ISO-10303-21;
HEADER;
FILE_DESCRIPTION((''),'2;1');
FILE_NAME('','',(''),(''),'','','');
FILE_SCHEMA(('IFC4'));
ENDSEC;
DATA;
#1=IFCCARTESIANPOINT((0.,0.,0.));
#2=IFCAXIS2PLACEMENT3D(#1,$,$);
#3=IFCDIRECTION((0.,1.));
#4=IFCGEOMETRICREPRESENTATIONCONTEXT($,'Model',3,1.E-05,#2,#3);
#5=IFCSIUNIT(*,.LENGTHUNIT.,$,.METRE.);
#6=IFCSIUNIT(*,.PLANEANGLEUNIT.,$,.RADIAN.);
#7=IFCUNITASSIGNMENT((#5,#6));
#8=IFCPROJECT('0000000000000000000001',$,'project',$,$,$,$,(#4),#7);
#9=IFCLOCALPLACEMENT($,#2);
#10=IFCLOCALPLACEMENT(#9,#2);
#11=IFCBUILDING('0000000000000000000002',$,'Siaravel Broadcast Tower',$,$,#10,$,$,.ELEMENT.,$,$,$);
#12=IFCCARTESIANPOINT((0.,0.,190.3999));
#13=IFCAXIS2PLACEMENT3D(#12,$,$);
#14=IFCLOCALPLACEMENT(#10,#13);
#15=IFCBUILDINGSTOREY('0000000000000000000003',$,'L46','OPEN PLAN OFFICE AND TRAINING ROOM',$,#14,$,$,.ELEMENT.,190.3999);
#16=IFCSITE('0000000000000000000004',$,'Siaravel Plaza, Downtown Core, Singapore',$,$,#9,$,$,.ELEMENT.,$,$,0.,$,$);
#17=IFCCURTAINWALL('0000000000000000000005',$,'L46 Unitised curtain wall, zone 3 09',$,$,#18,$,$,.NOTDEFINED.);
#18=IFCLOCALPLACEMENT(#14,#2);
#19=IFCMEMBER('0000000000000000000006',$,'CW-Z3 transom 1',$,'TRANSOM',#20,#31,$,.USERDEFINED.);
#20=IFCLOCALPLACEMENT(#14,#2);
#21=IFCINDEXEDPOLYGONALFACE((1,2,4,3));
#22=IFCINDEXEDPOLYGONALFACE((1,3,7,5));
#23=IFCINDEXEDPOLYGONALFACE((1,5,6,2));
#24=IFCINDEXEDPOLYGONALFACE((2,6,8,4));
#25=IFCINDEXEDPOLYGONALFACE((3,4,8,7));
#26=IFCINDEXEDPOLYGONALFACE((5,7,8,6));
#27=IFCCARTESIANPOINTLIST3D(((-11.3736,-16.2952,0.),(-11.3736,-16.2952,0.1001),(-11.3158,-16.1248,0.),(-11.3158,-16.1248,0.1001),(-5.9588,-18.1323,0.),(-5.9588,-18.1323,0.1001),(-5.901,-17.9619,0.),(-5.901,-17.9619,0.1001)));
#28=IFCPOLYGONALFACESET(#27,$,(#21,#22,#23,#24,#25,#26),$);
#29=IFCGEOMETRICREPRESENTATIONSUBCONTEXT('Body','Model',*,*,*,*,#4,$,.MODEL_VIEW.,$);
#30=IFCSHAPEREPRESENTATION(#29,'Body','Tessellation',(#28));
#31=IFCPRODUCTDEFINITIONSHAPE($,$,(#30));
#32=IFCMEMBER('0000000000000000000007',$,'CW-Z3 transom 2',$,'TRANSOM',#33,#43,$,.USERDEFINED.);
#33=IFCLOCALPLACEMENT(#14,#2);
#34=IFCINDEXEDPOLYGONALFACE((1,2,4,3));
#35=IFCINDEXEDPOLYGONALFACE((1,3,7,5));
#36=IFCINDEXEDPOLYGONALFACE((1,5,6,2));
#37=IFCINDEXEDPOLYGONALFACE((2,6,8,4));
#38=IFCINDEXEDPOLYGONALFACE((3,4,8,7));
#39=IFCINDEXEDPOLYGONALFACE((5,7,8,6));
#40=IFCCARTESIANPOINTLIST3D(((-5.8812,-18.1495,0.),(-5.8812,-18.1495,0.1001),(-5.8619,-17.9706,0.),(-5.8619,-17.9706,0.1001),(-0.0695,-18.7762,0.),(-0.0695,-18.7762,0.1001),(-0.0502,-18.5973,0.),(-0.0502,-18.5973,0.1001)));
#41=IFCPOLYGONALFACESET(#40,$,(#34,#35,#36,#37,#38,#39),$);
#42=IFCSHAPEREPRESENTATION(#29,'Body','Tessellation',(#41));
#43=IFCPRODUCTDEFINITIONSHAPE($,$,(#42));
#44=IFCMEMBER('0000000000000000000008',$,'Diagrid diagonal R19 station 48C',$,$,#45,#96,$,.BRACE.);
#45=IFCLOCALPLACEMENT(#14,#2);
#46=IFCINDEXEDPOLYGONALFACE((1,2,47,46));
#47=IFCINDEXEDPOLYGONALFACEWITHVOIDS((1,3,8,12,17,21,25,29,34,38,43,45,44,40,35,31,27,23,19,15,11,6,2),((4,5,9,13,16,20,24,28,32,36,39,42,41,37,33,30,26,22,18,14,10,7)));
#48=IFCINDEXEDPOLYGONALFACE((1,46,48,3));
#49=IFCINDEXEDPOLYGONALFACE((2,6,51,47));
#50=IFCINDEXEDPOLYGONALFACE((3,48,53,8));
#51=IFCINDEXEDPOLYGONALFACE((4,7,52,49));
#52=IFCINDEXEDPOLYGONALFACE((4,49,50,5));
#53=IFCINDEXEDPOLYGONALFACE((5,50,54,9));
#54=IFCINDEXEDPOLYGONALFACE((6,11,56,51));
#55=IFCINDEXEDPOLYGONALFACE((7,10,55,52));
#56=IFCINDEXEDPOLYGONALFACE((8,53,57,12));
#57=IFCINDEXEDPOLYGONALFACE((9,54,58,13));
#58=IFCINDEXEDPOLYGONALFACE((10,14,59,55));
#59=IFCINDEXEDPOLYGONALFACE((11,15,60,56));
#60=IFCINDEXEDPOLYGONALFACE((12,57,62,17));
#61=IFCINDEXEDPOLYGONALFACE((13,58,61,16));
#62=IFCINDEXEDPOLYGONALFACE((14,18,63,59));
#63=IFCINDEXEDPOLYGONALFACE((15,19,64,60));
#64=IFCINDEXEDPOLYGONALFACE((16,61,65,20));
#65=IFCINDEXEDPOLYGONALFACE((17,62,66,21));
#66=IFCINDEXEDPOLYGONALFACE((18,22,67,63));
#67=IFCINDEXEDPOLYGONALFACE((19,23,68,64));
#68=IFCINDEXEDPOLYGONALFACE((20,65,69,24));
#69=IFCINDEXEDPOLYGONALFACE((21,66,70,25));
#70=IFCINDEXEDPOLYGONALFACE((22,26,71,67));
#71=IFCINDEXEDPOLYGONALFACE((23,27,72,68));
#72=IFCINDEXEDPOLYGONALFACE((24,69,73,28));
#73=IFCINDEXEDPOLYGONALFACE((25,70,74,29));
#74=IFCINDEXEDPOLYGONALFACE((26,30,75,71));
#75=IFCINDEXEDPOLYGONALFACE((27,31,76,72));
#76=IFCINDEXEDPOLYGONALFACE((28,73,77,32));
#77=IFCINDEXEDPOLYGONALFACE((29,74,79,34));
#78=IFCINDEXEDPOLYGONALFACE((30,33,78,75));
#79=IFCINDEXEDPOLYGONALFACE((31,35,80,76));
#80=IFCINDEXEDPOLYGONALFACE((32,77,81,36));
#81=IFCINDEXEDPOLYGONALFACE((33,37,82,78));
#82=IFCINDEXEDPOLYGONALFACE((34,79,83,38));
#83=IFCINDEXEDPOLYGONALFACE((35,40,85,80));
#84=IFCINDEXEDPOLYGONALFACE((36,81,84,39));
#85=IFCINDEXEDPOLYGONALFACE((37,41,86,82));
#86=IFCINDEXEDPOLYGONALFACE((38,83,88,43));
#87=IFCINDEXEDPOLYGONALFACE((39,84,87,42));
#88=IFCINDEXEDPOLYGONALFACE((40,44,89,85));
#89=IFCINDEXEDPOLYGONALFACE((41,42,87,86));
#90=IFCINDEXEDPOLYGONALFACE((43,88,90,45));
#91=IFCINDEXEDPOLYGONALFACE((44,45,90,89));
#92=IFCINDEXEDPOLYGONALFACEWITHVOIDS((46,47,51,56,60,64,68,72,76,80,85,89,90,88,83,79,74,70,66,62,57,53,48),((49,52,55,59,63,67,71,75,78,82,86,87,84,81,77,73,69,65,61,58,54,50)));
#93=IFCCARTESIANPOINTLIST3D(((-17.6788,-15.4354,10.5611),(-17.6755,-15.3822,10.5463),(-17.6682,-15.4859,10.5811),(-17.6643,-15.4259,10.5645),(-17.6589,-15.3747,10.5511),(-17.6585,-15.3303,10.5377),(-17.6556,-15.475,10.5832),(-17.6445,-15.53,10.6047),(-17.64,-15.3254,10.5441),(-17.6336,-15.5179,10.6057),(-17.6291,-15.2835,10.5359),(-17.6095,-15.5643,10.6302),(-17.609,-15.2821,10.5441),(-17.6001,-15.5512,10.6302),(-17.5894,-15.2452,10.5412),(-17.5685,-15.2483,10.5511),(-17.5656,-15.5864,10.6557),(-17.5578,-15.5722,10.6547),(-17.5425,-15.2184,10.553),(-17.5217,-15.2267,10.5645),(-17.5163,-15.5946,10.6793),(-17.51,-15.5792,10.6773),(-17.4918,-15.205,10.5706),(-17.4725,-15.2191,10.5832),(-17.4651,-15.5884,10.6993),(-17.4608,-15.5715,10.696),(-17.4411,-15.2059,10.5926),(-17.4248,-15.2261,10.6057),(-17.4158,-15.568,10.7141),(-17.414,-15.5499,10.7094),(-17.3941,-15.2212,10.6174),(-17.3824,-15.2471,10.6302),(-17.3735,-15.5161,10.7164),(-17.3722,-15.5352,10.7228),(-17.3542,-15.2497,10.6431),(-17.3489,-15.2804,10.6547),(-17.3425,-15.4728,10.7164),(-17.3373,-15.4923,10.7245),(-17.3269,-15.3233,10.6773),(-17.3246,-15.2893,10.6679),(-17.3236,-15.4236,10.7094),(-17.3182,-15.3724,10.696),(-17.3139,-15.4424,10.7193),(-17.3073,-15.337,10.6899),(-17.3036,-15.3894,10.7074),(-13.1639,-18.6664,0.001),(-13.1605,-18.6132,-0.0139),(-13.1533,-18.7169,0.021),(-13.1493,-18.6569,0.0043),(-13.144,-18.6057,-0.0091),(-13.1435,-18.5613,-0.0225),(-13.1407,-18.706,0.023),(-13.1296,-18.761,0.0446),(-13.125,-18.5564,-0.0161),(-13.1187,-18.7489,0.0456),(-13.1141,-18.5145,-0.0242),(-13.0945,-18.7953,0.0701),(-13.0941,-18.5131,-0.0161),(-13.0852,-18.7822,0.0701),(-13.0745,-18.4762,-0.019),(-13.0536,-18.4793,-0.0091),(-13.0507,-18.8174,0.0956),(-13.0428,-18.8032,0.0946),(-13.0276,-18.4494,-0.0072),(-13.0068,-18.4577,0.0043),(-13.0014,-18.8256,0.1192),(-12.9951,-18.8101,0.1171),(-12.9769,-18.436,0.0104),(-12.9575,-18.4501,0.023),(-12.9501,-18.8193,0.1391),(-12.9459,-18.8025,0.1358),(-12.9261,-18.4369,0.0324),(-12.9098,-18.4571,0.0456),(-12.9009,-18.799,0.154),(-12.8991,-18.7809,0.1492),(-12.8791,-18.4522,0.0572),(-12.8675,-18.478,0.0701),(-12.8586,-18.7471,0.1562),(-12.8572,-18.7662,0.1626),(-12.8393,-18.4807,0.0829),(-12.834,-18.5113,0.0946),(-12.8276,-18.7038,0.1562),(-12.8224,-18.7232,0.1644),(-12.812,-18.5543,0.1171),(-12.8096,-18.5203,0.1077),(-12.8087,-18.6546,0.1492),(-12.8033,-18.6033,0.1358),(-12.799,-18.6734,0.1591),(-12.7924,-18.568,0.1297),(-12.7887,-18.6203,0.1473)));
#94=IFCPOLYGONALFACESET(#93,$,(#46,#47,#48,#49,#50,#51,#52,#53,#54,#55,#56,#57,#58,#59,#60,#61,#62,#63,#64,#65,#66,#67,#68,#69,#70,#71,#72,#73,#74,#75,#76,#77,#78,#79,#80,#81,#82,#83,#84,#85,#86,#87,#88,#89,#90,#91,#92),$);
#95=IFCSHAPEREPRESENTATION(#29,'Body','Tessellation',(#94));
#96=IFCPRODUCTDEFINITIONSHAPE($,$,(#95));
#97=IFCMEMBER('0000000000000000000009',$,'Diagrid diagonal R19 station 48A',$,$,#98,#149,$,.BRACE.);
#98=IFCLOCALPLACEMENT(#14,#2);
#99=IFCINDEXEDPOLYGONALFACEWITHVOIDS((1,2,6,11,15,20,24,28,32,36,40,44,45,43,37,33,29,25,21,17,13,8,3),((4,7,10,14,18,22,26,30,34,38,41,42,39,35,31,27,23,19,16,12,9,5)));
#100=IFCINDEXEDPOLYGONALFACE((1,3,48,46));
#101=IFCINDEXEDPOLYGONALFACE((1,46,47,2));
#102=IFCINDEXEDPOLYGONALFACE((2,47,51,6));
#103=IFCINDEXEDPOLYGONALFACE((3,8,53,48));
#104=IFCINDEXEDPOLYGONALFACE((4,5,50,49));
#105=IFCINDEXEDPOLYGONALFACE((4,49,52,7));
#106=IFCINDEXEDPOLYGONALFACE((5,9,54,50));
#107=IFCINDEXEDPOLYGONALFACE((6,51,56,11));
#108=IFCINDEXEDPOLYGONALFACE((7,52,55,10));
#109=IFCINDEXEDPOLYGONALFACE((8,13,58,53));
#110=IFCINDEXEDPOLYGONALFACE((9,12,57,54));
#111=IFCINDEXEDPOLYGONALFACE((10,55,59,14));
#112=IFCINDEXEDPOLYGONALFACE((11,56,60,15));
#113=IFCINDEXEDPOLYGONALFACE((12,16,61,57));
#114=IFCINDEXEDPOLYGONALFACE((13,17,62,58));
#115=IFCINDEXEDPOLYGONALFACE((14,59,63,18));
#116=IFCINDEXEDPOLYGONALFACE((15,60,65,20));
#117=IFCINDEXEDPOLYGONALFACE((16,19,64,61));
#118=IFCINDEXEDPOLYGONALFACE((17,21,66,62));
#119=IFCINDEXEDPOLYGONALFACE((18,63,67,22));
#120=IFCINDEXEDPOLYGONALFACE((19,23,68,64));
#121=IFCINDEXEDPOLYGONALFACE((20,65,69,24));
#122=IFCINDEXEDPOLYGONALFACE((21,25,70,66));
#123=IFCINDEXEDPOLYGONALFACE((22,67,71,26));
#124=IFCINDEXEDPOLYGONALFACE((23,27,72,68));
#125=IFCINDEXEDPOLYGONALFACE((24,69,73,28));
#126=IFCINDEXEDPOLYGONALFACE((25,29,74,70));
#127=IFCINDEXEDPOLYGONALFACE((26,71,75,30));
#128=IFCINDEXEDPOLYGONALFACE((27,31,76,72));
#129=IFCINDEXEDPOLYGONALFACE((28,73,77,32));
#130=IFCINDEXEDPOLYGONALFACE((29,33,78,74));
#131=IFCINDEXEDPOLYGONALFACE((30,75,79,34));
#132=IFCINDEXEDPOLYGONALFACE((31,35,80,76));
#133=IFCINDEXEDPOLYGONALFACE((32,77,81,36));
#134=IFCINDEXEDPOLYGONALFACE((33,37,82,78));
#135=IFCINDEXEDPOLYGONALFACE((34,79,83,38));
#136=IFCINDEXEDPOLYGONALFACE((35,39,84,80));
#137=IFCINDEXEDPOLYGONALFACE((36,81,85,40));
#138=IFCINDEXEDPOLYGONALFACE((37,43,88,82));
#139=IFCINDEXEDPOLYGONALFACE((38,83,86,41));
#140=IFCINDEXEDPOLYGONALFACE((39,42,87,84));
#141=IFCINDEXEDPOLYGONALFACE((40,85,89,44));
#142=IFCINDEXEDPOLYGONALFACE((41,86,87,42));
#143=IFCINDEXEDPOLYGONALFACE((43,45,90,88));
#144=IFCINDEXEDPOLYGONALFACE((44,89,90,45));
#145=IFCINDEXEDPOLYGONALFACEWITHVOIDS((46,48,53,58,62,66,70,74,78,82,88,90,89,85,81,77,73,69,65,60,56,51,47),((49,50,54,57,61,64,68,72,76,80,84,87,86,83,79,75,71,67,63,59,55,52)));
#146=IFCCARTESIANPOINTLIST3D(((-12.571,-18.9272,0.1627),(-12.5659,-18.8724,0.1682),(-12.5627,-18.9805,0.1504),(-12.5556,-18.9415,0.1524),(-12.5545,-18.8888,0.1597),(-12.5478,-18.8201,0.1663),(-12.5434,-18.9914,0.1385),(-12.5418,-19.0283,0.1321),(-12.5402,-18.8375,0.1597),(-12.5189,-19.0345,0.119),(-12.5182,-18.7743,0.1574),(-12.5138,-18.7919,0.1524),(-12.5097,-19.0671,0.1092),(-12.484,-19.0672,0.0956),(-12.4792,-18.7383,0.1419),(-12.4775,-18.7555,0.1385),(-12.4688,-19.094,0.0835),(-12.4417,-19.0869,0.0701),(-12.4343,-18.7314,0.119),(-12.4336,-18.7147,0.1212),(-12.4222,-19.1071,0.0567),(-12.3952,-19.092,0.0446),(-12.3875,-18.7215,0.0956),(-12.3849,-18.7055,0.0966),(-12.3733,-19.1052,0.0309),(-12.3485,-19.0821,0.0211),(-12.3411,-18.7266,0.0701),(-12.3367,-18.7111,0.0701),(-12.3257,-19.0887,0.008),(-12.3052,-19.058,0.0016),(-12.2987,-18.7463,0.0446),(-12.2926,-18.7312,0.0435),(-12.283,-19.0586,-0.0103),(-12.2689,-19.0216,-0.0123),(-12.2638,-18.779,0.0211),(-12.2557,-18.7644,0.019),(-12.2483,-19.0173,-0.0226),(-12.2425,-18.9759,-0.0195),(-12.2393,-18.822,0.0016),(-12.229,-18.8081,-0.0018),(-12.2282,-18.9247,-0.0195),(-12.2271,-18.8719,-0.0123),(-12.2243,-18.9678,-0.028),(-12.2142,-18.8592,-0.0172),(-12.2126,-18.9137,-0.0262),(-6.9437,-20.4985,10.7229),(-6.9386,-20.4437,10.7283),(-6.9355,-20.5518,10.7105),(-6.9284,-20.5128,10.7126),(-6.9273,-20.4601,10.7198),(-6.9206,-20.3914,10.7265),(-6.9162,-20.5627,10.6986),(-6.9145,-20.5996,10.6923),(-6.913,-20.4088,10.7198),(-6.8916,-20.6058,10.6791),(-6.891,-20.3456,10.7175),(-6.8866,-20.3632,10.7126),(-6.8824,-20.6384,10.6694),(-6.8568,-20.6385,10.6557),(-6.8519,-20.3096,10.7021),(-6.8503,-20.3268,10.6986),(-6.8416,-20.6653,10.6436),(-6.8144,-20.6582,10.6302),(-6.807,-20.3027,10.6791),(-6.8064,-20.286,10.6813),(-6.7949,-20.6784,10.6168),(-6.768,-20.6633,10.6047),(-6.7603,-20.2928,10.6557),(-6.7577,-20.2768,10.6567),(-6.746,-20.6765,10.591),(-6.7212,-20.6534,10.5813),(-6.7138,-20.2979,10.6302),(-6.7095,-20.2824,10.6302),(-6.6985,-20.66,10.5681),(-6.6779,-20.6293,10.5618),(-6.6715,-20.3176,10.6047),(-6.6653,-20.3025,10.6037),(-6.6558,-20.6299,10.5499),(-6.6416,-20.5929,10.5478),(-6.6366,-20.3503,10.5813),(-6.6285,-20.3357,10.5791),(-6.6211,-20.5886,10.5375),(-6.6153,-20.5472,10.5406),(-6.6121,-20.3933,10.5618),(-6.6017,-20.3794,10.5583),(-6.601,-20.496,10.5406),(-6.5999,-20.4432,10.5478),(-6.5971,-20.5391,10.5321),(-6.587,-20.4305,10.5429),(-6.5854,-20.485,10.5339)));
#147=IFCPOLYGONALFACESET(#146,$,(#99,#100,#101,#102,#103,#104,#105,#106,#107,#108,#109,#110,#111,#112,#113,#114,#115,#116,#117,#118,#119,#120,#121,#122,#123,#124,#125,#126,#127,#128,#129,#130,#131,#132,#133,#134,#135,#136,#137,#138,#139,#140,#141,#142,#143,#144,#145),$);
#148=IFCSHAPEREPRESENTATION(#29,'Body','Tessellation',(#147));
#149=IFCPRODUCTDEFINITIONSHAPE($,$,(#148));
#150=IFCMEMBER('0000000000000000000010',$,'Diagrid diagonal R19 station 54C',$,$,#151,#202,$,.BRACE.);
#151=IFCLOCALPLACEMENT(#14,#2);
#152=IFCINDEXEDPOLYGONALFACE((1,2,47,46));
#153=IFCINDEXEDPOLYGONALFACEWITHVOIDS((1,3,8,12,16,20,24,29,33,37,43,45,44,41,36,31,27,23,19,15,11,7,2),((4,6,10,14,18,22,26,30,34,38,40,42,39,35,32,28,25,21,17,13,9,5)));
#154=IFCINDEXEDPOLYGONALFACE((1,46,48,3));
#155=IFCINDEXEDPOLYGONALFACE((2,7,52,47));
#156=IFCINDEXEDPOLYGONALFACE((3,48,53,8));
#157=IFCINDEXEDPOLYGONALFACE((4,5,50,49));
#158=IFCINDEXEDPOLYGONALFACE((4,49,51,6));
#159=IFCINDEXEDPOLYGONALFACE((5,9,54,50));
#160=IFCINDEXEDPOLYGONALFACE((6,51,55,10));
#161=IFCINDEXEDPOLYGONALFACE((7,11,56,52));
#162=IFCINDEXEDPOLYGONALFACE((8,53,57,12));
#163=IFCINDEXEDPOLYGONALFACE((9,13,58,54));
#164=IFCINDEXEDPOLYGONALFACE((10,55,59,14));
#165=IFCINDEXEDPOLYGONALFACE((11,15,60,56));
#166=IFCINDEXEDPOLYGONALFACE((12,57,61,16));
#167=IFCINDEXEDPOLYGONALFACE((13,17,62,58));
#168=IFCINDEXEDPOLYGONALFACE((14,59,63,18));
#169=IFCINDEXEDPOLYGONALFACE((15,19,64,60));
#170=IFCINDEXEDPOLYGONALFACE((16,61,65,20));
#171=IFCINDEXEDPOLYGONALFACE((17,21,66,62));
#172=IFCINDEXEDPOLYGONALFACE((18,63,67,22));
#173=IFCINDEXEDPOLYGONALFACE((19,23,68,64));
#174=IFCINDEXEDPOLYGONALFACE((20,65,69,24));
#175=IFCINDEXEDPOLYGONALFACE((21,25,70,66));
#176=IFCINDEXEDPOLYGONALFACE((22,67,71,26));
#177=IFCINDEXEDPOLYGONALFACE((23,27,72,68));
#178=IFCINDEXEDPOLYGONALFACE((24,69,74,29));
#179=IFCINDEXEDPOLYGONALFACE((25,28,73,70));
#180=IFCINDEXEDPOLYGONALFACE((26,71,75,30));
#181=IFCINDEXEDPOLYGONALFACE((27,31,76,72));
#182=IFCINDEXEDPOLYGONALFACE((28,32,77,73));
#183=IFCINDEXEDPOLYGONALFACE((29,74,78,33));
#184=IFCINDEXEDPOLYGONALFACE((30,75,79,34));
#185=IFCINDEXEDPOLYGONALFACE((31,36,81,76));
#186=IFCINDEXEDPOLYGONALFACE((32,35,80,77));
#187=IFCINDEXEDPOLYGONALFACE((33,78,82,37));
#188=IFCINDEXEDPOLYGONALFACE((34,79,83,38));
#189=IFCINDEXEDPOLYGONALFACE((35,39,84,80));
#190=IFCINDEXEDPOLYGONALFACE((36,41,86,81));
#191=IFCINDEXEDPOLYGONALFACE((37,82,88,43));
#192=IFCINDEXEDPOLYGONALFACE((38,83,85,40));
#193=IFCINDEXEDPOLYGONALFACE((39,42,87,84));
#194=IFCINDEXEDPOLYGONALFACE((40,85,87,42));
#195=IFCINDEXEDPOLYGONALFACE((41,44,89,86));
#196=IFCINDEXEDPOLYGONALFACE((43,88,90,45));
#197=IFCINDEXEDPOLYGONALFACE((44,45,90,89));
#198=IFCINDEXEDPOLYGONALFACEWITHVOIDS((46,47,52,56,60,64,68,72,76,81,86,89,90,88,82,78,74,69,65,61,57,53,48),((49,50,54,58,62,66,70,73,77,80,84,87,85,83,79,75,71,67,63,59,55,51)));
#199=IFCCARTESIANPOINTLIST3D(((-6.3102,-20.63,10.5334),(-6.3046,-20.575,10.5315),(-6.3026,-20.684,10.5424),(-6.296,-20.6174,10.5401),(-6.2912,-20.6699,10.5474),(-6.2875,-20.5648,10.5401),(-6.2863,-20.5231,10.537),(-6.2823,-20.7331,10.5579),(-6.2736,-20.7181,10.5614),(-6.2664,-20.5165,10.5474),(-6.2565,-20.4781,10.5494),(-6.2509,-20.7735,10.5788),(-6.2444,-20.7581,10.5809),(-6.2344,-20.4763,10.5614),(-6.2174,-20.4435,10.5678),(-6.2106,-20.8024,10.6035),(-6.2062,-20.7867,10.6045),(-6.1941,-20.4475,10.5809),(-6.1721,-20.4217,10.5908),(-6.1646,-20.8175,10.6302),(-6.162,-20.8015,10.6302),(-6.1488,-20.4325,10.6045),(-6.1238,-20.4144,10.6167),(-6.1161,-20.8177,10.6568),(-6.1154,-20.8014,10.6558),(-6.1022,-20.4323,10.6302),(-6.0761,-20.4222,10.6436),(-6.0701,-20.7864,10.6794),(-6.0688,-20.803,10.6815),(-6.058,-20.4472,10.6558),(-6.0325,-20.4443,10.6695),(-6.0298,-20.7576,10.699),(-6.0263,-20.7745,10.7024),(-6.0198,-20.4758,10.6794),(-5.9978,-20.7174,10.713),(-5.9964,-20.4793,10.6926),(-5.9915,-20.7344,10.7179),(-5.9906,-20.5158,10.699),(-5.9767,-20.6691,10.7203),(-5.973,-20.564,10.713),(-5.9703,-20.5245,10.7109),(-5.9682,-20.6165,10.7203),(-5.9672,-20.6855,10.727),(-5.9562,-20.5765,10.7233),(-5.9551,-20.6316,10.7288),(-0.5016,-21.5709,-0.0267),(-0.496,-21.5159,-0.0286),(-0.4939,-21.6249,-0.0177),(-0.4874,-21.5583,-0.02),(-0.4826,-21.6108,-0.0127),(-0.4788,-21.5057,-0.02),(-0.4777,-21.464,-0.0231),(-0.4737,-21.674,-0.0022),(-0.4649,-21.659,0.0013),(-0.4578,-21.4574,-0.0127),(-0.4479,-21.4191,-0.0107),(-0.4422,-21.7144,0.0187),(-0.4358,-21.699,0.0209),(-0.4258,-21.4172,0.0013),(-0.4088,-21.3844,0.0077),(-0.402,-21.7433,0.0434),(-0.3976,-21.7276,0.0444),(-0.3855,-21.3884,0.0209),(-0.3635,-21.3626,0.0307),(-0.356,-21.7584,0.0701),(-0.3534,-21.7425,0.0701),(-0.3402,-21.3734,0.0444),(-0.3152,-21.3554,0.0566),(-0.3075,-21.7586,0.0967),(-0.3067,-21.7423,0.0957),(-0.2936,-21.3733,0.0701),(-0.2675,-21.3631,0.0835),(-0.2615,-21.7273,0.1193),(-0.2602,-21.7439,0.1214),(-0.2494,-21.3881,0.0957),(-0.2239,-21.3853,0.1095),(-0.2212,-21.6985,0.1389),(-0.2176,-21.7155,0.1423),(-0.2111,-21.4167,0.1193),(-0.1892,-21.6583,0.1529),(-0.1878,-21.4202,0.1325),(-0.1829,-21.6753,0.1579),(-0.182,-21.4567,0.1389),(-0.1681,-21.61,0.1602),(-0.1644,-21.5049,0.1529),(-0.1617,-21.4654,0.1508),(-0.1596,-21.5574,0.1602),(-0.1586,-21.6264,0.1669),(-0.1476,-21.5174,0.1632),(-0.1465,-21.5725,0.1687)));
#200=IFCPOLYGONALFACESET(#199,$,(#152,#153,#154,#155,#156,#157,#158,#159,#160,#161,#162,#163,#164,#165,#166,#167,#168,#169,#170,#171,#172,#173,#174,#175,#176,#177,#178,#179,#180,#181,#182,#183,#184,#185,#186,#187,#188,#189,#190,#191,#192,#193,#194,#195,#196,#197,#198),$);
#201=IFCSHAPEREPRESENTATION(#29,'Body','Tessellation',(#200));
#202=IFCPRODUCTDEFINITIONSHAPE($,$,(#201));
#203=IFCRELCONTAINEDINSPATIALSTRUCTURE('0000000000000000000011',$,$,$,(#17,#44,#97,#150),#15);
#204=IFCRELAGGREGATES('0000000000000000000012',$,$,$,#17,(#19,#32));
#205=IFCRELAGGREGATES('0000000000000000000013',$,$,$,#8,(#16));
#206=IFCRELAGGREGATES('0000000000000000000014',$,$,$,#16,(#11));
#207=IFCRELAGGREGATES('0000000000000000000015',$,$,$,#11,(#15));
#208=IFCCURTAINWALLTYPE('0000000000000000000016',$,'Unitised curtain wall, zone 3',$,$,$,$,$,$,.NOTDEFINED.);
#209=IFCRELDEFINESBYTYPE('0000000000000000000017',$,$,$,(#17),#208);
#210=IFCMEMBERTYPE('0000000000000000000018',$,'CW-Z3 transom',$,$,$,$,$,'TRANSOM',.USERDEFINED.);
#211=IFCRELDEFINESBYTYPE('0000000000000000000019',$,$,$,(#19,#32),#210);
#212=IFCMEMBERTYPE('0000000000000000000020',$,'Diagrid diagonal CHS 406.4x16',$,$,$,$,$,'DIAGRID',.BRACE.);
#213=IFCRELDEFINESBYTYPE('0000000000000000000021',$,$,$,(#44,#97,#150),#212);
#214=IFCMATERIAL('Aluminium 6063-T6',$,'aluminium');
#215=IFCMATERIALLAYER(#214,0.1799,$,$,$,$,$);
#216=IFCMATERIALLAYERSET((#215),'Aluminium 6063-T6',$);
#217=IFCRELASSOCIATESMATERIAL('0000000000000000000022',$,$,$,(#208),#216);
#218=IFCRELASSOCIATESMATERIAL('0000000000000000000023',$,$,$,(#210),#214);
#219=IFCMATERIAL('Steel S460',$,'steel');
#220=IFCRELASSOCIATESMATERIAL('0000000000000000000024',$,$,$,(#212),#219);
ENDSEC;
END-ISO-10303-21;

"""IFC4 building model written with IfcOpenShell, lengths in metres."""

from ifc_helpers import new_model, si_unit, direction, frame, origin, origin_2d, place, context, subcontext, project, spatial, rectangle, hollow_circle, extrude, material, layer, layer_set, material_profile, profile_set, type_object, element, aggregate, save


model = new_model("IFC4")

# Units and contexts
model_context = context("Model", 3, precision=1e-05, world=origin(), true_north=direction((0.0, 1.0)))
body_context = subcontext(model_context, "Body", "Model", "MODEL_VIEW")
ifc_project = project(units=[si_unit("LENGTHUNIT", "METRE"), si_unit("PLANEANGLEUNIT", "RADIAN")], contexts=[model_context])

# Site, building, storey
site_placement = place(None, origin())
site = spatial("IfcSite", under=ifc_project, at=site_placement, Name="Siaravel Plaza, Downtown Core, Singapore", CompositionType="ELEMENT", RefElevation=0.0)
building_placement = place(site_placement, origin())
building = spatial("IfcBuilding", under=site, at=building_placement, Name="Siaravel Broadcast Tower", CompositionType="ELEMENT")
storey_placement = place(building_placement, frame((0.0, 0.0, 190.3999)))
storey = spatial("IfcBuildingStorey", under=building, at=storey_placement, Name="L46", Description="OPEN PLAN OFFICE AND TRAINING ROOM", CompositionType="ELEMENT", Elevation=190.3999)

# Shared definitions
ifc_material_1 = material(Name="Aluminium 6063-T6", Category="aluminium")
ifc_layer_1 = layer(ifc_material_1, 0.1799)
ifc_layer_set_1 = layer_set([ifc_layer_1], Name="Aluminium 6063-T6")
curtain_wall_type = type_object("IfcCurtainWallType", Name="Unitised curtain wall, zone 3", PredefinedType="NOTDEFINED", material=ifc_layer_set_1)

# Curtain wall, members
curtain_wall_1_placement = place(storey_placement, origin())
curtain_wall_1 = element("IfcCurtainWall", 1, at=curtain_wall_1_placement, inside=storey, type_object=curtain_wall_type, Name="L46 Unitised curtain wall, zone 3 09", PredefinedType="NOTDEFINED")
ifc_material_profile_1 = material_profile(ifc_material_1, rectangle(XDim=0.1799, YDim=0.1001, at=origin_2d()))
ifc_profile_set_1 = profile_set([ifc_material_profile_1], Name="Aluminium 6063-T6")
member_type_1 = type_object("IfcMemberType", Name="CW-Z3 transom", ElementType="TRANSOM", PredefinedType="USERDEFINED", material=ifc_profile_set_1)
member_1_placement = place(storey_placement, frame((-11.3447, -16.21, 0.05), z_axis=(0.946979, -0.321296, 0.0), x_axis=(0.321296, 0.946979, 0.0)))
member_1 = element("IfcMember", 2, at=member_1_placement, type_object=member_type_1, Name="CW-Z3 transom 1", ObjectType="TRANSOM", PredefinedType="USERDEFINED", context=body_context, shape_type="SweptSolid", body=[
    extrude(rectangle(XDim=0.1799, YDim=0.1001, at=origin_2d()), origin(), (0.0, 0.0, 1.0), 5.718),
])
member_2_placement = place(storey_placement, frame((-5.8716, -18.0601, 0.05), z_axis=(0.994236, -0.107213, 0.0), x_axis=(0.107213, 0.994236, 0.0)))
member_2 = element("IfcMember", 3, at=member_2_placement, type_object=member_type_1, Name="CW-Z3 transom 2", ObjectType="TRANSOM", PredefinedType="USERDEFINED", context=body_context, shape_type="SweptSolid", body=[
    extrude(rectangle(XDim=0.1799, YDim=0.1001, at=origin_2d()), origin(), (0.0, 0.0, 1.0), 5.8455),
])

# Members
ifc_material_2 = material(Name="Steel S460", Category="steel")
ifc_material_profile_2 = material_profile(ifc_material_2, hollow_circle(Radius=0.2031, WallThickness=0.0161, at=origin_2d()))
ifc_profile_set_2 = profile_set([ifc_material_profile_2], Name="Steel S460")
member_type_2 = type_object("IfcMemberType", Name="Diagrid diagonal CHS 406.4x16", ElementType="DIAGRID", PredefinedType="BRACE", material=ifc_profile_set_2)
member_3_placement = place(storey_placement, frame((-12.9763, -18.6301, 0.0701), z_axis=(-0.378431, 0.270814, 0.885127), x_axis=(-0.581958, -0.813219, 0.0)))
element("IfcMember", 4, at=member_3_placement, inside=storey, type_object=member_type_2, Name="Diagrid diagonal R19 station 48C", PredefinedType="BRACE", context=body_context, shape_type="SweptSolid", body=[
    extrude(hollow_circle(Radius=0.2031, WallThickness=0.0161, at=origin_2d()), origin(), (0.0, 0.0, 1.0), 11.9307),
])
member_4_placement = place(storey_placement, frame((-12.3914, -18.9067, 0.0701), z_axis=(0.466271, -0.130197, 0.875009), x_axis=(0.268943, 0.963156, 0.0)))
element("IfcMember", 5, at=member_4_placement, inside=storey, type_object=member_type_2, Name="Diagrid diagonal R19 station 48A", PredefinedType="BRACE", context=body_context, shape_type="SweptSolid", body=[
    extrude(hollow_circle(Radius=0.2031, WallThickness=0.0161, at=origin_2d()), origin(), (0.0, 0.0, 1.0), 12.0686),
])
member_5_placement = place(storey_placement, frame((-0.3235, -21.5579, 0.0701), z_axis=(-0.480492, 0.077834, 0.873538), x_axis=(-0.159903, -0.987133, 0.0)))
element("IfcMember", 6, at=member_5_placement, inside=storey, type_object=member_type_2, Name="Diagrid diagonal R19 station 54C", PredefinedType="BRACE", context=body_context, shape_type="SweptSolid", body=[
    extrude(hollow_circle(Radius=0.2031, WallThickness=0.0161, at=origin_2d()), origin(), (0.0, 0.0, 1.0), 12.0889),
])

aggregate(curtain_wall_1, [member_1, member_2])

save(model, "model.ifc")
